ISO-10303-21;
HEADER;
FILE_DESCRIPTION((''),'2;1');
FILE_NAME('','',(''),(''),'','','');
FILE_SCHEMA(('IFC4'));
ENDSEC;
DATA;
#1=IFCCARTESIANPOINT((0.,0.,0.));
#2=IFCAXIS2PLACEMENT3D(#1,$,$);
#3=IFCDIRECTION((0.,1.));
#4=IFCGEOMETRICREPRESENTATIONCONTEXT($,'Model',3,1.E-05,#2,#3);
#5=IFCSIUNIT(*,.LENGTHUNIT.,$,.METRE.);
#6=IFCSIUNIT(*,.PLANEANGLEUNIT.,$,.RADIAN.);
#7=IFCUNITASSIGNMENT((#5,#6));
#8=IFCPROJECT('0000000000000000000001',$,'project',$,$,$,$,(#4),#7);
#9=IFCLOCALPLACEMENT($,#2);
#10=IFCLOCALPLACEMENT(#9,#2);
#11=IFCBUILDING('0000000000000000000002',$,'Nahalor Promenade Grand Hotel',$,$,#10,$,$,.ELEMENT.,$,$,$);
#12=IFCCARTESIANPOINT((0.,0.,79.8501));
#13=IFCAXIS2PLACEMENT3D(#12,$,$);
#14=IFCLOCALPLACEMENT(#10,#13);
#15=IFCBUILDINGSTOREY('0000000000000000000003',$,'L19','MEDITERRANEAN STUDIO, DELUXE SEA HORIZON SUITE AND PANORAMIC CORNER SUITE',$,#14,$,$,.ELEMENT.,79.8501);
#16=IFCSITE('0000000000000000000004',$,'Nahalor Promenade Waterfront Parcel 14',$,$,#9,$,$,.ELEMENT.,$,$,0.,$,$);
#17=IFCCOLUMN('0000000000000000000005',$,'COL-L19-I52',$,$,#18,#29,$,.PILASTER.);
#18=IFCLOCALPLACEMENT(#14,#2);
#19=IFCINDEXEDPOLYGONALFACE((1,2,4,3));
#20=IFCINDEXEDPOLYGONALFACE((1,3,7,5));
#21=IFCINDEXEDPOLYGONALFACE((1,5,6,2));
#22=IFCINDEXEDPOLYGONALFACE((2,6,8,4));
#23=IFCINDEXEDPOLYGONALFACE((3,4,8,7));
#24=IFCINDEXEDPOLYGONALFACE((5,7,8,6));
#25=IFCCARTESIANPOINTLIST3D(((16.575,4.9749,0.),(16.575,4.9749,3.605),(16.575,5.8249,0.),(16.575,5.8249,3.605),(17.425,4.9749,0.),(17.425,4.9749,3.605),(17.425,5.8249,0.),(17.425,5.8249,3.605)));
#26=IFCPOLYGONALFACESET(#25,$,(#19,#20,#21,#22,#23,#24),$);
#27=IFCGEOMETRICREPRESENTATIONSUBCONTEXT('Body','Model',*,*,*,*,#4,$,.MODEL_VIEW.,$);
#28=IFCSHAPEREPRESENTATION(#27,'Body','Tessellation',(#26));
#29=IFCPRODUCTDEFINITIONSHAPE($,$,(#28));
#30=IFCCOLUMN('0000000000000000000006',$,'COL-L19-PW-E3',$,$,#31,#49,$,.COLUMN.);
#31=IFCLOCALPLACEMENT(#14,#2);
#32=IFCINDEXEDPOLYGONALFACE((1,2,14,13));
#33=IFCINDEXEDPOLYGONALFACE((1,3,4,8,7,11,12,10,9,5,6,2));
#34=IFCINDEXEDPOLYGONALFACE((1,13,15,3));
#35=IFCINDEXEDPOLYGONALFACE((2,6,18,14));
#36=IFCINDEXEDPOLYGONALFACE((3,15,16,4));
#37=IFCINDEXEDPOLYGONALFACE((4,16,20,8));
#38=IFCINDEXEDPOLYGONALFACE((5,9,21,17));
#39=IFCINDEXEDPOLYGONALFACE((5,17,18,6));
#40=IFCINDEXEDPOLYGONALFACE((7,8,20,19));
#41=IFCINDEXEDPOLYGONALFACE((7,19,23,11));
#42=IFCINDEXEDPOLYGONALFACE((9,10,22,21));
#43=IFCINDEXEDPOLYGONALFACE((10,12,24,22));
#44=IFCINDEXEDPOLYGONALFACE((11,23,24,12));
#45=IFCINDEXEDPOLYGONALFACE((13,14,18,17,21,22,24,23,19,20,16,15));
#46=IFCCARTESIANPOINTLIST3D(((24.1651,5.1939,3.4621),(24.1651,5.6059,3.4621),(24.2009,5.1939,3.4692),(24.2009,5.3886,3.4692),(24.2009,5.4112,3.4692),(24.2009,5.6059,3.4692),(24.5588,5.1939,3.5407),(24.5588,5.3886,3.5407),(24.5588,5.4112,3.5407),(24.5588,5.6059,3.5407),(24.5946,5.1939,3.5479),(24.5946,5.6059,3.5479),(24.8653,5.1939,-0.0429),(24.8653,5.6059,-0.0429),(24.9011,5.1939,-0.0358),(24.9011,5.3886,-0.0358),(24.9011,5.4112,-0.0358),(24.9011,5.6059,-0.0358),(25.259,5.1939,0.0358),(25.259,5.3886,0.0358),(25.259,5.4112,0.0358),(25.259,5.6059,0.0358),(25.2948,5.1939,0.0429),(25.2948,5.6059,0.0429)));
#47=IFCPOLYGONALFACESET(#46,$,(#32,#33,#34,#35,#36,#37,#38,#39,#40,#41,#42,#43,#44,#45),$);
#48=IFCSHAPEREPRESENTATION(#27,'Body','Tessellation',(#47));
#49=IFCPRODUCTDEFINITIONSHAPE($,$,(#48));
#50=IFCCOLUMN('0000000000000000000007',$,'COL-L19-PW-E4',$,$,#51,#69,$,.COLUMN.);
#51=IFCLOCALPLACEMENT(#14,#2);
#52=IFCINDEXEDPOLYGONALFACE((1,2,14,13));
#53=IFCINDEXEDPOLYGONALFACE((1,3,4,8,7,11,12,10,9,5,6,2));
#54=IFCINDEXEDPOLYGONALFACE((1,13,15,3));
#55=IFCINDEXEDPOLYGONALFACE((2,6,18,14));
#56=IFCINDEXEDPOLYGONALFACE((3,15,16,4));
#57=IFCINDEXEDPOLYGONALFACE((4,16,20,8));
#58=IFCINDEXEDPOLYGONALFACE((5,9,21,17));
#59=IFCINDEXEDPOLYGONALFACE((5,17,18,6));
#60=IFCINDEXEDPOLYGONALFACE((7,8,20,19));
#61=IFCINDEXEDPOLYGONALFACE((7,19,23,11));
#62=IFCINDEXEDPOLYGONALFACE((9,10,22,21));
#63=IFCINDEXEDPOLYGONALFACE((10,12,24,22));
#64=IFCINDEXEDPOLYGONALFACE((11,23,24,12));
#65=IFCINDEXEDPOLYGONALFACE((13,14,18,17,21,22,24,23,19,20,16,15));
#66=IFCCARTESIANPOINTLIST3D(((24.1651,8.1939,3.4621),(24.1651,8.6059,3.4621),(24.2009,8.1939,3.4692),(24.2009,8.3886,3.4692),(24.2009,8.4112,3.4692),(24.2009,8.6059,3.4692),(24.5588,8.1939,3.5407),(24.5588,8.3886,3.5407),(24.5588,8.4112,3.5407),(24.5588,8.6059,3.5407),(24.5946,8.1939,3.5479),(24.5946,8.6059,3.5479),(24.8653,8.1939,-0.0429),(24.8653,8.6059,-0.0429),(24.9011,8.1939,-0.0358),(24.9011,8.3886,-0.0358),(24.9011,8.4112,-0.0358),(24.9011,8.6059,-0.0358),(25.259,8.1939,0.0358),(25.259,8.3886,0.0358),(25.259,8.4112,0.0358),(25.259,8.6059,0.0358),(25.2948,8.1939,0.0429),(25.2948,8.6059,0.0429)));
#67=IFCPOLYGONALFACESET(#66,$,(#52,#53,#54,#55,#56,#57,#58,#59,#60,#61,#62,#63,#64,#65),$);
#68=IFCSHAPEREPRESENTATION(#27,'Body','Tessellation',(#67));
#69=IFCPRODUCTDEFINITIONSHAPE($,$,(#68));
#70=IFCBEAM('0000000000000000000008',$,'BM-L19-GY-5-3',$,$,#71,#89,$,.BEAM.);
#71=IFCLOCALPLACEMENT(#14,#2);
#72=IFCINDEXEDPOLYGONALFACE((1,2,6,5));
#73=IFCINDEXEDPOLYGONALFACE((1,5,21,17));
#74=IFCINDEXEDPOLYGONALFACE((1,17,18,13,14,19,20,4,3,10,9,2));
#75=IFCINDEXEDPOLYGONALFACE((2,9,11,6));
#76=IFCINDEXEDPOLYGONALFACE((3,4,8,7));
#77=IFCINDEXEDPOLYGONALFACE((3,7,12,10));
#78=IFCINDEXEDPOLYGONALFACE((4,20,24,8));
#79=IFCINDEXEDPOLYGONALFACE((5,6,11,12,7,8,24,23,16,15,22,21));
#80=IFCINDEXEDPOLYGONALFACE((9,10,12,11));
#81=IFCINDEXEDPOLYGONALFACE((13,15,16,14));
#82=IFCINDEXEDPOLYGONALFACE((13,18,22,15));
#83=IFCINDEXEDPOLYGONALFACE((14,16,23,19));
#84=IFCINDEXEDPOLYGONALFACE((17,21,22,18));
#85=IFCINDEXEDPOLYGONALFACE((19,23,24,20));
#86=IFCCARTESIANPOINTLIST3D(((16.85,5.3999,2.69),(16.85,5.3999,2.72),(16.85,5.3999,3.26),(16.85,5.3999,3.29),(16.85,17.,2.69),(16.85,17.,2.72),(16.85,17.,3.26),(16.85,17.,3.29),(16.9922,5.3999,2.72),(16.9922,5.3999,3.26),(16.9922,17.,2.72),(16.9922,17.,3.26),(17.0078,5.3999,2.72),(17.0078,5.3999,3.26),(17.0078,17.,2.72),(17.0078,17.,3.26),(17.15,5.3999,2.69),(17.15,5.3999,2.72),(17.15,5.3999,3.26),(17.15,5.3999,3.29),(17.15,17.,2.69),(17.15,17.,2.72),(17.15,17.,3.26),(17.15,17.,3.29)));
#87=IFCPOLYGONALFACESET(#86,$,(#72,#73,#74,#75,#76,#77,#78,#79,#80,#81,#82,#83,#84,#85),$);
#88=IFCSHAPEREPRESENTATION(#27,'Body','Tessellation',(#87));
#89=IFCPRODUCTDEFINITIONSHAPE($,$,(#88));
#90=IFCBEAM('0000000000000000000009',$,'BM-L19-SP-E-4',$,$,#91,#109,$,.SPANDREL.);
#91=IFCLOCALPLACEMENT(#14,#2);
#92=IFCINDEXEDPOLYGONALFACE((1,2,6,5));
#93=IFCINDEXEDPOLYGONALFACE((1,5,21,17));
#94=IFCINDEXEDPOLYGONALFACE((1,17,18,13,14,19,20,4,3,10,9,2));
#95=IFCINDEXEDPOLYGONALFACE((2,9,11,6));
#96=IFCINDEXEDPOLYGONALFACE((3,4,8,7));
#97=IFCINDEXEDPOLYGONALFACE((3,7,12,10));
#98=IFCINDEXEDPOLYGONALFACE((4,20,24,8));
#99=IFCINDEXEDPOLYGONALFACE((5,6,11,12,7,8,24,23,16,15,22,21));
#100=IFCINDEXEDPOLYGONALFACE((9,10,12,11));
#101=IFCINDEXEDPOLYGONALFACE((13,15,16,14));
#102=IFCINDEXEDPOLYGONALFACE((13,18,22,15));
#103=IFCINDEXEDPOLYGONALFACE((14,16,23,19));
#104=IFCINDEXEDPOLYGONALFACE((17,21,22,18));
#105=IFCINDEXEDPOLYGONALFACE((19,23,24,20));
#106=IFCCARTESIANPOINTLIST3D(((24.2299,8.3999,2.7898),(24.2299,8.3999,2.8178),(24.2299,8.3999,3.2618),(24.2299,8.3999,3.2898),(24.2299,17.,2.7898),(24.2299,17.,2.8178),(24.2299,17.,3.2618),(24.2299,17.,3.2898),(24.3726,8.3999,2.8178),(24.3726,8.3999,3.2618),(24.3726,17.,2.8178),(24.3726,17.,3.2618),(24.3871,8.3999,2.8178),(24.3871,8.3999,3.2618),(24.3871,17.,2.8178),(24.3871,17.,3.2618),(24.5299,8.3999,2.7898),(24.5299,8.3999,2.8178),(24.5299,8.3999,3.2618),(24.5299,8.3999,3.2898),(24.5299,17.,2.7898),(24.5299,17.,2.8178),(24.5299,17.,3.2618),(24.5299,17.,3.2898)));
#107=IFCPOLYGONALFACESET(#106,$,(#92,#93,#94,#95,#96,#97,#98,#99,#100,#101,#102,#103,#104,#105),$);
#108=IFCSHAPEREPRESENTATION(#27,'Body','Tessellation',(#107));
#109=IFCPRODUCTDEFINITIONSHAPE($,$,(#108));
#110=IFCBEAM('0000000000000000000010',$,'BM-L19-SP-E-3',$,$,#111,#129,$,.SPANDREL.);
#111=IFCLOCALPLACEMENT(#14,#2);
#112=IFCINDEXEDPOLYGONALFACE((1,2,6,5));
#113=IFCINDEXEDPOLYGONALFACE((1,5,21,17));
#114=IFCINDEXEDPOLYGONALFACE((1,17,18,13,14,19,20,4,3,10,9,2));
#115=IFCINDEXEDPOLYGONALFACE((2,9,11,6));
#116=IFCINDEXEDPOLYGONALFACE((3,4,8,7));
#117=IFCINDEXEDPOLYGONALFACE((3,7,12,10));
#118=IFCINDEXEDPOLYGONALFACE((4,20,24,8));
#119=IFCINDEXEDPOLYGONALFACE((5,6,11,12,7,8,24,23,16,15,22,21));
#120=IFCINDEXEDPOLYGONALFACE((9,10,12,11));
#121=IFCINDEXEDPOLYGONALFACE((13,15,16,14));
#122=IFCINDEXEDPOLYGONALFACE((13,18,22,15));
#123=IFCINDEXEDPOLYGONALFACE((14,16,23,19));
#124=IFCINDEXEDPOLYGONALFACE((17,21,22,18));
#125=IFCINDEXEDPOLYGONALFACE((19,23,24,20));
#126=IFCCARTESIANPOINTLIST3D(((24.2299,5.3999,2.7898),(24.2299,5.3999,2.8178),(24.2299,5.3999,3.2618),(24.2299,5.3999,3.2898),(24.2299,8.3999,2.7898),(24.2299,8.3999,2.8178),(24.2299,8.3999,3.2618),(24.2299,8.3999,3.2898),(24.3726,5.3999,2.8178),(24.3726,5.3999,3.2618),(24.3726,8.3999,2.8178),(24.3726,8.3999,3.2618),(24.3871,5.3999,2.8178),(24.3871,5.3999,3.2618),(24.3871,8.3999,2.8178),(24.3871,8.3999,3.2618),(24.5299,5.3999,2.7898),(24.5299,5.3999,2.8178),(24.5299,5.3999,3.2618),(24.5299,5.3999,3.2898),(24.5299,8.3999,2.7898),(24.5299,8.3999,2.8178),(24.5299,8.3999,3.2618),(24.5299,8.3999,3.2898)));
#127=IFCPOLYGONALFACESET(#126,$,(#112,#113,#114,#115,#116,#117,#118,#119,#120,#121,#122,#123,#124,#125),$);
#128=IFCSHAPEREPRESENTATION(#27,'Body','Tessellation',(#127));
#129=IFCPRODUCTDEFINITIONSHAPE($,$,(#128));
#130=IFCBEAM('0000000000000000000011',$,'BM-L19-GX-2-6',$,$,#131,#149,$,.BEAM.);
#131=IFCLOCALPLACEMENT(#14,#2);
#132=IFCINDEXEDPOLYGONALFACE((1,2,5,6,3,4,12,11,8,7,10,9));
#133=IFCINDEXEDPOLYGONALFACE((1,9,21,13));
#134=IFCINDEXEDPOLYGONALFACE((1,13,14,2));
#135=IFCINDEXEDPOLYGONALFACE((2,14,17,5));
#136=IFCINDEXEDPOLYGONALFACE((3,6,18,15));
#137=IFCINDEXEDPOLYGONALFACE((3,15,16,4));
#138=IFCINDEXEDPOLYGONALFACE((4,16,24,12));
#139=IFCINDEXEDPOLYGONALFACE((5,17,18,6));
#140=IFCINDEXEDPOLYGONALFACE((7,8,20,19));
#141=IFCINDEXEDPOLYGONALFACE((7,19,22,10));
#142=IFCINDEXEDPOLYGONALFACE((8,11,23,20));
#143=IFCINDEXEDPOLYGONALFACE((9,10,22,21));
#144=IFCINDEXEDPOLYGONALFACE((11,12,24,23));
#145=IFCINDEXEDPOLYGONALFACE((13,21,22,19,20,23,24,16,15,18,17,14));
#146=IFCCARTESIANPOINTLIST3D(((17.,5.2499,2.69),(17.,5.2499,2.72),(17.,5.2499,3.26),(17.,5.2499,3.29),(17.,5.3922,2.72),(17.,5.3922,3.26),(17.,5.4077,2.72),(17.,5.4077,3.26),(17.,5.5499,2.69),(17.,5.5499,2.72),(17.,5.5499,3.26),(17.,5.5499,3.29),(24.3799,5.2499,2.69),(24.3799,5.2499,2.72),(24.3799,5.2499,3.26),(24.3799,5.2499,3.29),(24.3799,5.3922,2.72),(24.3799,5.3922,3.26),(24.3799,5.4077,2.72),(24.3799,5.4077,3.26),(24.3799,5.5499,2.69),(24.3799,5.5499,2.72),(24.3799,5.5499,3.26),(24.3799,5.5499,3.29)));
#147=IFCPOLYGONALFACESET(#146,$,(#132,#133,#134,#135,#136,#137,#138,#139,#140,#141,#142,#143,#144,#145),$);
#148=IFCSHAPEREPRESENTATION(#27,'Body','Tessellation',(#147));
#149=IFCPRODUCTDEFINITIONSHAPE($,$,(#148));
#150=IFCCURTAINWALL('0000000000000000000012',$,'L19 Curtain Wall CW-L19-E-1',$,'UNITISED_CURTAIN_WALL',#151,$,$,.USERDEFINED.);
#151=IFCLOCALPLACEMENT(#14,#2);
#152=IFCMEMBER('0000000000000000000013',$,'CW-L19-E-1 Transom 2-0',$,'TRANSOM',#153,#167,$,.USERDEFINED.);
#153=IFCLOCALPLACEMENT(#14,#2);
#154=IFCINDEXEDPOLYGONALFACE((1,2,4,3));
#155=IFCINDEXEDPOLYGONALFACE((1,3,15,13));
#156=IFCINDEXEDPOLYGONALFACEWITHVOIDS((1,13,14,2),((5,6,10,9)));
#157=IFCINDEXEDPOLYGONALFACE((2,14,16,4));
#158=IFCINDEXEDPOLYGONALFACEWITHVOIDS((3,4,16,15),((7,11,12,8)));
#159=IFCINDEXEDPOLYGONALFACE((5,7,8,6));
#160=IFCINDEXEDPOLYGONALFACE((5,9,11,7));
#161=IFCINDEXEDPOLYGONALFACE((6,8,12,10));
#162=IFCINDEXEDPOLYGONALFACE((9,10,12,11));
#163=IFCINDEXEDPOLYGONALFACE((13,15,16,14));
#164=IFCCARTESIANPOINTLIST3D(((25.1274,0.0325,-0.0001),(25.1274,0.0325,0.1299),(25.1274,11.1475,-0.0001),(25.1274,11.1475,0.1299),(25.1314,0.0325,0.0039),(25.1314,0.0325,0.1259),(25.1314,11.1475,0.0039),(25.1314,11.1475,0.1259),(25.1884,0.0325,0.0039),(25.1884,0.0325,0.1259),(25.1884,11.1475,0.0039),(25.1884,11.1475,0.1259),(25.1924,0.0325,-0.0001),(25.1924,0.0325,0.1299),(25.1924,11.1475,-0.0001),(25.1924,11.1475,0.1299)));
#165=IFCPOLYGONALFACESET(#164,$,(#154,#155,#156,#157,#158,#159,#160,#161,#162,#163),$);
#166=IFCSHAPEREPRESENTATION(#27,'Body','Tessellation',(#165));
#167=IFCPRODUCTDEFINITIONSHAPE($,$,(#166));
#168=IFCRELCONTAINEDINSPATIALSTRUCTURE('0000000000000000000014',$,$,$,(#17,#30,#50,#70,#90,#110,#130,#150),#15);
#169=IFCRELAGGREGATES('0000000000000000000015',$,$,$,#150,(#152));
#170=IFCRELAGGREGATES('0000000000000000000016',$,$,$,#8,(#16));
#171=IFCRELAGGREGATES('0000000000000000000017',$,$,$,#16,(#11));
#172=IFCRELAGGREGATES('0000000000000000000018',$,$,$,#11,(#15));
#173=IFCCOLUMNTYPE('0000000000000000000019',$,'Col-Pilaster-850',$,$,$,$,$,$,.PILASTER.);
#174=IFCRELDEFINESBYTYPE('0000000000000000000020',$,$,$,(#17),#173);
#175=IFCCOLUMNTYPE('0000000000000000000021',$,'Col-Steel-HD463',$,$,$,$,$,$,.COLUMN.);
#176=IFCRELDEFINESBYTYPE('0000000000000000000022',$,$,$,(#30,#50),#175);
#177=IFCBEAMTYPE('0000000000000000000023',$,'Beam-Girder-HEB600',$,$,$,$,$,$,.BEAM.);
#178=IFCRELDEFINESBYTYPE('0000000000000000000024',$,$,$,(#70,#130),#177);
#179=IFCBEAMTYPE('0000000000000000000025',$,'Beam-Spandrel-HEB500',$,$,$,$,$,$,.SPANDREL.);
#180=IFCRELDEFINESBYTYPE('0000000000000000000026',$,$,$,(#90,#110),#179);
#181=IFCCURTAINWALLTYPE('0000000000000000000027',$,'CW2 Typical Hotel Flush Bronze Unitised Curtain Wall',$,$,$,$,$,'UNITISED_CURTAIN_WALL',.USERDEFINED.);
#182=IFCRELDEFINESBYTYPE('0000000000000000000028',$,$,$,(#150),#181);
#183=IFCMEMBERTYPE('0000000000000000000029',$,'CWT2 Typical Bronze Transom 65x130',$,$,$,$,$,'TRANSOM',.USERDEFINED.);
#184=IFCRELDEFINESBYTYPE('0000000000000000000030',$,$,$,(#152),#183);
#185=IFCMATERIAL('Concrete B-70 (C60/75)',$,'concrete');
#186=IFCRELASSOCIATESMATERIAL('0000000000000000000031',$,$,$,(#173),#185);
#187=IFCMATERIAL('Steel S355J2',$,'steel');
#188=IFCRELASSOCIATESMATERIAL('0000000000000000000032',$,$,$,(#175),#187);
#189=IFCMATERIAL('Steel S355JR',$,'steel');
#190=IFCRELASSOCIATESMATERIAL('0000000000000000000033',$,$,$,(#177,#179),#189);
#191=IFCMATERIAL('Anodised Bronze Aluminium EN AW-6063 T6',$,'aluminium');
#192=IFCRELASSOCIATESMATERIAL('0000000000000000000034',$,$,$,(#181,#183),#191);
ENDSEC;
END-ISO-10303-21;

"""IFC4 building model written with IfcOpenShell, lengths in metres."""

from ifc_helpers import new_model, si_unit, direction, frame, origin, origin_2d, place, context, subcontext, project, spatial, rectangle, hollow_rectangle, i_section, extrude, source, transform, mapped, material, material_profile, profile_set, type_object, element, aggregate, save


model = new_model("IFC4")

# Units and contexts
model_context = context("Model", 3, precision=1e-05, world=origin(), true_north=direction((0.0, 1.0)))
body_context = subcontext(model_context, "Body", "Model", "MODEL_VIEW")
ifc_project = project(units=[si_unit("LENGTHUNIT", "METRE"), si_unit("PLANEANGLEUNIT", "RADIAN")], contexts=[model_context])

# Site, building, storey
site_placement = place(None, origin())
site = spatial("IfcSite", under=ifc_project, at=site_placement, Name="Nahalor Promenade Waterfront Parcel 14", CompositionType="ELEMENT", RefElevation=0.0)
building_placement = place(site_placement, origin())
building = spatial("IfcBuilding", under=site, at=building_placement, Name="Nahalor Promenade Grand Hotel", CompositionType="ELEMENT")
storey_placement = place(building_placement, frame((0.0, 0.0, 79.8501)))
storey = spatial("IfcBuildingStorey", under=building, at=storey_placement, Name="L19", Description="MEDITERRANEAN STUDIO, DELUXE SEA HORIZON SUITE AND PANORAMIC CORNER SUITE", CompositionType="ELEMENT", Elevation=79.8501)

# Columns
ifc_material_1 = material(Name="Concrete B-70 (C60/75)", Category="concrete")
ifc_material_profile_1 = material_profile(ifc_material_1, rectangle(XDim=0.85, YDim=0.85, at=origin_2d()), Name="RC 850x850")
ifc_profile_set_1 = profile_set([ifc_material_profile_1], Name="Concrete B-70 (C60/75)")
column_type_1 = type_object("IfcColumnType", Name="Col-Pilaster-850", PredefinedType="PILASTER", material=ifc_profile_set_1)
shared_shape_1 = source(origin(), body_context, "Body", "SweptSolid", [
    extrude(rectangle(XDim=0.85, YDim=0.85, at=origin_2d()), origin(), (0.0, 0.0, 1.0), 3.605),
])
column_placement = place(storey_placement, frame((17.0, 5.3999, 0.0), z_axis=(0.0, 0.0, 1.0), x_axis=(1.0, 0.0, 0.0)))
element("IfcColumn", 1, at=column_placement, inside=storey, type_object=column_type_1, Name="COL-L19-I52", PredefinedType="PILASTER", context=body_context, shape_type="MappedRepresentation", body=[
    mapped(shared_shape_1, transform((0.0, 0.0, 0.0), scale=1.0)),
])
ifc_material_2 = material(Name="Steel S355J2", Category="steel")
ifc_material_profile_2 = material_profile(ifc_material_2, i_section(OverallWidth=0.412, OverallDepth=0.438, WebThickness=0.0226, FlangeThickness=0.0365, at=origin_2d()), Name="HD 400x463")
ifc_profile_set_2 = profile_set([ifc_material_profile_2], Name="Steel S355J2")
column_type_2 = type_object("IfcColumnType", Name="Col-Steel-HD463", PredefinedType="COLUMN", material=ifc_profile_set_2)
shared_shape_2 = source(origin(), body_context, "Body", "SweptSolid", [
    extrude(i_section(OverallWidth=0.412, OverallDepth=0.438, WebThickness=0.0226, FlangeThickness=0.0365, at=origin_2d()), origin(), (0.0, 0.0, 1.0), 3.5742),
])
for number, where, z_axis, x_axis, name in (
    (2, (25.0801, 5.3999, 0.0), (-0.195906, 0.0, 0.980623), (0.0, -1.0, 0.0), "COL-L19-PW-E3"),
    (3, (25.0801, 8.3999, 0.0), (-0.195906, 0.0, 0.980623), (0.0, -1.0, 0.0), "COL-L19-PW-E4"),
):
    element("IfcColumn", number, at=place(storey_placement, frame(where, z_axis=z_axis, x_axis=x_axis)), inside=storey, type_object=column_type_2, Name=name, PredefinedType="COLUMN", context=body_context, shape_type="MappedRepresentation", body=[
        mapped(shared_shape_2, transform((0.0, 0.0, 0.0), scale=1.0)),
    ])

# Beams
ifc_material_3 = material(Name="Steel S355JR", Category="steel")
ifc_material_profile_3 = material_profile(ifc_material_3, i_section(OverallWidth=0.3, OverallDepth=0.6, WebThickness=0.0155, FlangeThickness=0.03, at=origin_2d()), Name="HEB 600")
ifc_profile_set_3 = profile_set([ifc_material_profile_3], Name="Steel S355JR")
beam_type_1 = type_object("IfcBeamType", Name="Beam-Girder-HEB600", PredefinedType="BEAM", material=ifc_profile_set_3)
shared_shape_3 = source(origin(), body_context, "Body", "SweptSolid", [
    extrude(i_section(OverallWidth=0.3, OverallDepth=0.6, WebThickness=0.0155, FlangeThickness=0.03, at=origin_2d()), origin(), (0.0, 0.0, 1.0), 11.6001),
])
beam_1_placement = place(storey_placement, frame((17.0, 5.3999, 2.99), z_axis=(0.0, 1.0, 0.0), x_axis=(-1.0, 0.0, 0.0)))
element("IfcBeam", 4, at=beam_1_placement, inside=storey, type_object=beam_type_1, Name="BM-L19-GY-5-3", PredefinedType="BEAM", context=body_context, shape_type="MappedRepresentation", body=[
    mapped(shared_shape_3, transform((0.0, 0.0, 0.0), scale=1.0)),
])
ifc_material_profile_4 = material_profile(ifc_material_3, i_section(OverallWidth=0.3, OverallDepth=0.5, WebThickness=0.0145, FlangeThickness=0.028, at=origin_2d()), Name="HEB 500")
ifc_profile_set_4 = profile_set([ifc_material_profile_4], Name="Steel S355JR")
beam_type_2 = type_object("IfcBeamType", Name="Beam-Spandrel-HEB500", PredefinedType="SPANDREL", material=ifc_profile_set_4)
shared_shape_4 = source(origin(), body_context, "Body", "SweptSolid", [
    extrude(i_section(OverallWidth=0.3, OverallDepth=0.5, WebThickness=0.0145, FlangeThickness=0.028, at=origin_2d()), origin(), (0.0, 0.0, 1.0), 8.6001),
])
beam_2_placement = place(storey_placement, frame((24.3799, 8.3999, 3.0398), z_axis=(0.0, 1.0, 0.0), x_axis=(-1.0, 0.0, 0.0)))
element("IfcBeam", 5, at=beam_2_placement, inside=storey, type_object=beam_type_2, Name="BM-L19-SP-E-4", PredefinedType="SPANDREL", context=body_context, shape_type="MappedRepresentation", body=[
    mapped(shared_shape_4, transform((0.0, 0.0, 0.0), scale=1.0)),
])
shared_shape_5 = source(origin(), body_context, "Body", "SweptSolid", [
    extrude(i_section(OverallWidth=0.3, OverallDepth=0.5, WebThickness=0.0145, FlangeThickness=0.028, at=origin_2d()), origin(), (0.0, 0.0, 1.0), 3.0),
])
beam_3_placement = place(storey_placement, frame((24.3799, 5.3999, 3.0398), z_axis=(0.0, 1.0, 0.0), x_axis=(-1.0, 0.0, 0.0)))
element("IfcBeam", 6, at=beam_3_placement, inside=storey, type_object=beam_type_2, Name="BM-L19-SP-E-3", PredefinedType="SPANDREL", context=body_context, shape_type="MappedRepresentation", body=[
    mapped(shared_shape_5, transform((0.0, 0.0, 0.0), scale=1.0)),
])
shared_shape_6 = source(origin(), body_context, "Body", "SweptSolid", [
    extrude(i_section(OverallWidth=0.3, OverallDepth=0.6, WebThickness=0.0155, FlangeThickness=0.03, at=origin_2d()), origin(), (0.0, 0.0, 1.0), 7.3799),
])
beam_4_placement = place(storey_placement, frame((17.0, 5.3999, 2.99), z_axis=(1.0, 0.0, 0.0), x_axis=(0.0, 1.0, 0.0)))
element("IfcBeam", 7, at=beam_4_placement, inside=storey, type_object=beam_type_1, Name="BM-L19-GX-2-6", PredefinedType="BEAM", context=body_context, shape_type="MappedRepresentation", body=[
    mapped(shared_shape_6, transform((0.0, 0.0, 0.0), scale=1.0)),
])

# Curtain wall, member
ifc_material_4 = material(Name="Anodised Bronze Aluminium EN AW-6063 T6", Category="aluminium")
curtain_wall_type = type_object("IfcCurtainWallType", Name="CW2 Typical Hotel Flush Bronze Unitised Curtain Wall", ElementType="UNITISED_CURTAIN_WALL", PredefinedType="USERDEFINED", material=ifc_material_4)
curtain_wall_placement = place(storey_placement, origin())
curtain_wall = element("IfcCurtainWall", 8, at=curtain_wall_placement, inside=storey, type_object=curtain_wall_type, Name="L19 Curtain Wall CW-L19-E-1", ObjectType="UNITISED_CURTAIN_WALL", PredefinedType="USERDEFINED")
ifc_material_profile_5 = material_profile(ifc_material_4, hollow_rectangle(XDim=0.065, YDim=0.13, WallThickness=0.004, at=origin_2d()), Name="CWT 65x130x4")
ifc_profile_set_5 = profile_set([ifc_material_profile_5], Name="Anodised Bronze Aluminium EN AW-6063 T6")
member_type_1 = type_object("IfcMemberType", Name="CWT2 Typical Bronze Transom 65x130", ElementType="TRANSOM", PredefinedType="USERDEFINED", material=ifc_profile_set_5)
shared_shape_7 = source(origin(), body_context, "Body", "SweptSolid", [
    extrude(hollow_rectangle(XDim=0.065, YDim=0.13, WallThickness=0.004, at=origin_2d()), origin(), (0.0, 0.0, 1.0), 11.115),
])
member_1_placement = place(storey_placement, frame((25.1599, 0.0325, 0.0649), z_axis=(0.0, 1.0, 0.0), x_axis=(-1.0, 0.0, 0.0)))
member_1 = element("IfcMember", 9, at=member_1_placement, type_object=member_type_1, Name="CW-L19-E-1 Transom 2-0", ObjectType="TRANSOM", PredefinedType="USERDEFINED", context=body_context, shape_type="MappedRepresentation", body=[
    mapped(shared_shape_7, transform((0.0, 0.0, 0.0), scale=1.0)),
])
aggregate(curtain_wall, [member_1])

save(model, "model.ifc")
